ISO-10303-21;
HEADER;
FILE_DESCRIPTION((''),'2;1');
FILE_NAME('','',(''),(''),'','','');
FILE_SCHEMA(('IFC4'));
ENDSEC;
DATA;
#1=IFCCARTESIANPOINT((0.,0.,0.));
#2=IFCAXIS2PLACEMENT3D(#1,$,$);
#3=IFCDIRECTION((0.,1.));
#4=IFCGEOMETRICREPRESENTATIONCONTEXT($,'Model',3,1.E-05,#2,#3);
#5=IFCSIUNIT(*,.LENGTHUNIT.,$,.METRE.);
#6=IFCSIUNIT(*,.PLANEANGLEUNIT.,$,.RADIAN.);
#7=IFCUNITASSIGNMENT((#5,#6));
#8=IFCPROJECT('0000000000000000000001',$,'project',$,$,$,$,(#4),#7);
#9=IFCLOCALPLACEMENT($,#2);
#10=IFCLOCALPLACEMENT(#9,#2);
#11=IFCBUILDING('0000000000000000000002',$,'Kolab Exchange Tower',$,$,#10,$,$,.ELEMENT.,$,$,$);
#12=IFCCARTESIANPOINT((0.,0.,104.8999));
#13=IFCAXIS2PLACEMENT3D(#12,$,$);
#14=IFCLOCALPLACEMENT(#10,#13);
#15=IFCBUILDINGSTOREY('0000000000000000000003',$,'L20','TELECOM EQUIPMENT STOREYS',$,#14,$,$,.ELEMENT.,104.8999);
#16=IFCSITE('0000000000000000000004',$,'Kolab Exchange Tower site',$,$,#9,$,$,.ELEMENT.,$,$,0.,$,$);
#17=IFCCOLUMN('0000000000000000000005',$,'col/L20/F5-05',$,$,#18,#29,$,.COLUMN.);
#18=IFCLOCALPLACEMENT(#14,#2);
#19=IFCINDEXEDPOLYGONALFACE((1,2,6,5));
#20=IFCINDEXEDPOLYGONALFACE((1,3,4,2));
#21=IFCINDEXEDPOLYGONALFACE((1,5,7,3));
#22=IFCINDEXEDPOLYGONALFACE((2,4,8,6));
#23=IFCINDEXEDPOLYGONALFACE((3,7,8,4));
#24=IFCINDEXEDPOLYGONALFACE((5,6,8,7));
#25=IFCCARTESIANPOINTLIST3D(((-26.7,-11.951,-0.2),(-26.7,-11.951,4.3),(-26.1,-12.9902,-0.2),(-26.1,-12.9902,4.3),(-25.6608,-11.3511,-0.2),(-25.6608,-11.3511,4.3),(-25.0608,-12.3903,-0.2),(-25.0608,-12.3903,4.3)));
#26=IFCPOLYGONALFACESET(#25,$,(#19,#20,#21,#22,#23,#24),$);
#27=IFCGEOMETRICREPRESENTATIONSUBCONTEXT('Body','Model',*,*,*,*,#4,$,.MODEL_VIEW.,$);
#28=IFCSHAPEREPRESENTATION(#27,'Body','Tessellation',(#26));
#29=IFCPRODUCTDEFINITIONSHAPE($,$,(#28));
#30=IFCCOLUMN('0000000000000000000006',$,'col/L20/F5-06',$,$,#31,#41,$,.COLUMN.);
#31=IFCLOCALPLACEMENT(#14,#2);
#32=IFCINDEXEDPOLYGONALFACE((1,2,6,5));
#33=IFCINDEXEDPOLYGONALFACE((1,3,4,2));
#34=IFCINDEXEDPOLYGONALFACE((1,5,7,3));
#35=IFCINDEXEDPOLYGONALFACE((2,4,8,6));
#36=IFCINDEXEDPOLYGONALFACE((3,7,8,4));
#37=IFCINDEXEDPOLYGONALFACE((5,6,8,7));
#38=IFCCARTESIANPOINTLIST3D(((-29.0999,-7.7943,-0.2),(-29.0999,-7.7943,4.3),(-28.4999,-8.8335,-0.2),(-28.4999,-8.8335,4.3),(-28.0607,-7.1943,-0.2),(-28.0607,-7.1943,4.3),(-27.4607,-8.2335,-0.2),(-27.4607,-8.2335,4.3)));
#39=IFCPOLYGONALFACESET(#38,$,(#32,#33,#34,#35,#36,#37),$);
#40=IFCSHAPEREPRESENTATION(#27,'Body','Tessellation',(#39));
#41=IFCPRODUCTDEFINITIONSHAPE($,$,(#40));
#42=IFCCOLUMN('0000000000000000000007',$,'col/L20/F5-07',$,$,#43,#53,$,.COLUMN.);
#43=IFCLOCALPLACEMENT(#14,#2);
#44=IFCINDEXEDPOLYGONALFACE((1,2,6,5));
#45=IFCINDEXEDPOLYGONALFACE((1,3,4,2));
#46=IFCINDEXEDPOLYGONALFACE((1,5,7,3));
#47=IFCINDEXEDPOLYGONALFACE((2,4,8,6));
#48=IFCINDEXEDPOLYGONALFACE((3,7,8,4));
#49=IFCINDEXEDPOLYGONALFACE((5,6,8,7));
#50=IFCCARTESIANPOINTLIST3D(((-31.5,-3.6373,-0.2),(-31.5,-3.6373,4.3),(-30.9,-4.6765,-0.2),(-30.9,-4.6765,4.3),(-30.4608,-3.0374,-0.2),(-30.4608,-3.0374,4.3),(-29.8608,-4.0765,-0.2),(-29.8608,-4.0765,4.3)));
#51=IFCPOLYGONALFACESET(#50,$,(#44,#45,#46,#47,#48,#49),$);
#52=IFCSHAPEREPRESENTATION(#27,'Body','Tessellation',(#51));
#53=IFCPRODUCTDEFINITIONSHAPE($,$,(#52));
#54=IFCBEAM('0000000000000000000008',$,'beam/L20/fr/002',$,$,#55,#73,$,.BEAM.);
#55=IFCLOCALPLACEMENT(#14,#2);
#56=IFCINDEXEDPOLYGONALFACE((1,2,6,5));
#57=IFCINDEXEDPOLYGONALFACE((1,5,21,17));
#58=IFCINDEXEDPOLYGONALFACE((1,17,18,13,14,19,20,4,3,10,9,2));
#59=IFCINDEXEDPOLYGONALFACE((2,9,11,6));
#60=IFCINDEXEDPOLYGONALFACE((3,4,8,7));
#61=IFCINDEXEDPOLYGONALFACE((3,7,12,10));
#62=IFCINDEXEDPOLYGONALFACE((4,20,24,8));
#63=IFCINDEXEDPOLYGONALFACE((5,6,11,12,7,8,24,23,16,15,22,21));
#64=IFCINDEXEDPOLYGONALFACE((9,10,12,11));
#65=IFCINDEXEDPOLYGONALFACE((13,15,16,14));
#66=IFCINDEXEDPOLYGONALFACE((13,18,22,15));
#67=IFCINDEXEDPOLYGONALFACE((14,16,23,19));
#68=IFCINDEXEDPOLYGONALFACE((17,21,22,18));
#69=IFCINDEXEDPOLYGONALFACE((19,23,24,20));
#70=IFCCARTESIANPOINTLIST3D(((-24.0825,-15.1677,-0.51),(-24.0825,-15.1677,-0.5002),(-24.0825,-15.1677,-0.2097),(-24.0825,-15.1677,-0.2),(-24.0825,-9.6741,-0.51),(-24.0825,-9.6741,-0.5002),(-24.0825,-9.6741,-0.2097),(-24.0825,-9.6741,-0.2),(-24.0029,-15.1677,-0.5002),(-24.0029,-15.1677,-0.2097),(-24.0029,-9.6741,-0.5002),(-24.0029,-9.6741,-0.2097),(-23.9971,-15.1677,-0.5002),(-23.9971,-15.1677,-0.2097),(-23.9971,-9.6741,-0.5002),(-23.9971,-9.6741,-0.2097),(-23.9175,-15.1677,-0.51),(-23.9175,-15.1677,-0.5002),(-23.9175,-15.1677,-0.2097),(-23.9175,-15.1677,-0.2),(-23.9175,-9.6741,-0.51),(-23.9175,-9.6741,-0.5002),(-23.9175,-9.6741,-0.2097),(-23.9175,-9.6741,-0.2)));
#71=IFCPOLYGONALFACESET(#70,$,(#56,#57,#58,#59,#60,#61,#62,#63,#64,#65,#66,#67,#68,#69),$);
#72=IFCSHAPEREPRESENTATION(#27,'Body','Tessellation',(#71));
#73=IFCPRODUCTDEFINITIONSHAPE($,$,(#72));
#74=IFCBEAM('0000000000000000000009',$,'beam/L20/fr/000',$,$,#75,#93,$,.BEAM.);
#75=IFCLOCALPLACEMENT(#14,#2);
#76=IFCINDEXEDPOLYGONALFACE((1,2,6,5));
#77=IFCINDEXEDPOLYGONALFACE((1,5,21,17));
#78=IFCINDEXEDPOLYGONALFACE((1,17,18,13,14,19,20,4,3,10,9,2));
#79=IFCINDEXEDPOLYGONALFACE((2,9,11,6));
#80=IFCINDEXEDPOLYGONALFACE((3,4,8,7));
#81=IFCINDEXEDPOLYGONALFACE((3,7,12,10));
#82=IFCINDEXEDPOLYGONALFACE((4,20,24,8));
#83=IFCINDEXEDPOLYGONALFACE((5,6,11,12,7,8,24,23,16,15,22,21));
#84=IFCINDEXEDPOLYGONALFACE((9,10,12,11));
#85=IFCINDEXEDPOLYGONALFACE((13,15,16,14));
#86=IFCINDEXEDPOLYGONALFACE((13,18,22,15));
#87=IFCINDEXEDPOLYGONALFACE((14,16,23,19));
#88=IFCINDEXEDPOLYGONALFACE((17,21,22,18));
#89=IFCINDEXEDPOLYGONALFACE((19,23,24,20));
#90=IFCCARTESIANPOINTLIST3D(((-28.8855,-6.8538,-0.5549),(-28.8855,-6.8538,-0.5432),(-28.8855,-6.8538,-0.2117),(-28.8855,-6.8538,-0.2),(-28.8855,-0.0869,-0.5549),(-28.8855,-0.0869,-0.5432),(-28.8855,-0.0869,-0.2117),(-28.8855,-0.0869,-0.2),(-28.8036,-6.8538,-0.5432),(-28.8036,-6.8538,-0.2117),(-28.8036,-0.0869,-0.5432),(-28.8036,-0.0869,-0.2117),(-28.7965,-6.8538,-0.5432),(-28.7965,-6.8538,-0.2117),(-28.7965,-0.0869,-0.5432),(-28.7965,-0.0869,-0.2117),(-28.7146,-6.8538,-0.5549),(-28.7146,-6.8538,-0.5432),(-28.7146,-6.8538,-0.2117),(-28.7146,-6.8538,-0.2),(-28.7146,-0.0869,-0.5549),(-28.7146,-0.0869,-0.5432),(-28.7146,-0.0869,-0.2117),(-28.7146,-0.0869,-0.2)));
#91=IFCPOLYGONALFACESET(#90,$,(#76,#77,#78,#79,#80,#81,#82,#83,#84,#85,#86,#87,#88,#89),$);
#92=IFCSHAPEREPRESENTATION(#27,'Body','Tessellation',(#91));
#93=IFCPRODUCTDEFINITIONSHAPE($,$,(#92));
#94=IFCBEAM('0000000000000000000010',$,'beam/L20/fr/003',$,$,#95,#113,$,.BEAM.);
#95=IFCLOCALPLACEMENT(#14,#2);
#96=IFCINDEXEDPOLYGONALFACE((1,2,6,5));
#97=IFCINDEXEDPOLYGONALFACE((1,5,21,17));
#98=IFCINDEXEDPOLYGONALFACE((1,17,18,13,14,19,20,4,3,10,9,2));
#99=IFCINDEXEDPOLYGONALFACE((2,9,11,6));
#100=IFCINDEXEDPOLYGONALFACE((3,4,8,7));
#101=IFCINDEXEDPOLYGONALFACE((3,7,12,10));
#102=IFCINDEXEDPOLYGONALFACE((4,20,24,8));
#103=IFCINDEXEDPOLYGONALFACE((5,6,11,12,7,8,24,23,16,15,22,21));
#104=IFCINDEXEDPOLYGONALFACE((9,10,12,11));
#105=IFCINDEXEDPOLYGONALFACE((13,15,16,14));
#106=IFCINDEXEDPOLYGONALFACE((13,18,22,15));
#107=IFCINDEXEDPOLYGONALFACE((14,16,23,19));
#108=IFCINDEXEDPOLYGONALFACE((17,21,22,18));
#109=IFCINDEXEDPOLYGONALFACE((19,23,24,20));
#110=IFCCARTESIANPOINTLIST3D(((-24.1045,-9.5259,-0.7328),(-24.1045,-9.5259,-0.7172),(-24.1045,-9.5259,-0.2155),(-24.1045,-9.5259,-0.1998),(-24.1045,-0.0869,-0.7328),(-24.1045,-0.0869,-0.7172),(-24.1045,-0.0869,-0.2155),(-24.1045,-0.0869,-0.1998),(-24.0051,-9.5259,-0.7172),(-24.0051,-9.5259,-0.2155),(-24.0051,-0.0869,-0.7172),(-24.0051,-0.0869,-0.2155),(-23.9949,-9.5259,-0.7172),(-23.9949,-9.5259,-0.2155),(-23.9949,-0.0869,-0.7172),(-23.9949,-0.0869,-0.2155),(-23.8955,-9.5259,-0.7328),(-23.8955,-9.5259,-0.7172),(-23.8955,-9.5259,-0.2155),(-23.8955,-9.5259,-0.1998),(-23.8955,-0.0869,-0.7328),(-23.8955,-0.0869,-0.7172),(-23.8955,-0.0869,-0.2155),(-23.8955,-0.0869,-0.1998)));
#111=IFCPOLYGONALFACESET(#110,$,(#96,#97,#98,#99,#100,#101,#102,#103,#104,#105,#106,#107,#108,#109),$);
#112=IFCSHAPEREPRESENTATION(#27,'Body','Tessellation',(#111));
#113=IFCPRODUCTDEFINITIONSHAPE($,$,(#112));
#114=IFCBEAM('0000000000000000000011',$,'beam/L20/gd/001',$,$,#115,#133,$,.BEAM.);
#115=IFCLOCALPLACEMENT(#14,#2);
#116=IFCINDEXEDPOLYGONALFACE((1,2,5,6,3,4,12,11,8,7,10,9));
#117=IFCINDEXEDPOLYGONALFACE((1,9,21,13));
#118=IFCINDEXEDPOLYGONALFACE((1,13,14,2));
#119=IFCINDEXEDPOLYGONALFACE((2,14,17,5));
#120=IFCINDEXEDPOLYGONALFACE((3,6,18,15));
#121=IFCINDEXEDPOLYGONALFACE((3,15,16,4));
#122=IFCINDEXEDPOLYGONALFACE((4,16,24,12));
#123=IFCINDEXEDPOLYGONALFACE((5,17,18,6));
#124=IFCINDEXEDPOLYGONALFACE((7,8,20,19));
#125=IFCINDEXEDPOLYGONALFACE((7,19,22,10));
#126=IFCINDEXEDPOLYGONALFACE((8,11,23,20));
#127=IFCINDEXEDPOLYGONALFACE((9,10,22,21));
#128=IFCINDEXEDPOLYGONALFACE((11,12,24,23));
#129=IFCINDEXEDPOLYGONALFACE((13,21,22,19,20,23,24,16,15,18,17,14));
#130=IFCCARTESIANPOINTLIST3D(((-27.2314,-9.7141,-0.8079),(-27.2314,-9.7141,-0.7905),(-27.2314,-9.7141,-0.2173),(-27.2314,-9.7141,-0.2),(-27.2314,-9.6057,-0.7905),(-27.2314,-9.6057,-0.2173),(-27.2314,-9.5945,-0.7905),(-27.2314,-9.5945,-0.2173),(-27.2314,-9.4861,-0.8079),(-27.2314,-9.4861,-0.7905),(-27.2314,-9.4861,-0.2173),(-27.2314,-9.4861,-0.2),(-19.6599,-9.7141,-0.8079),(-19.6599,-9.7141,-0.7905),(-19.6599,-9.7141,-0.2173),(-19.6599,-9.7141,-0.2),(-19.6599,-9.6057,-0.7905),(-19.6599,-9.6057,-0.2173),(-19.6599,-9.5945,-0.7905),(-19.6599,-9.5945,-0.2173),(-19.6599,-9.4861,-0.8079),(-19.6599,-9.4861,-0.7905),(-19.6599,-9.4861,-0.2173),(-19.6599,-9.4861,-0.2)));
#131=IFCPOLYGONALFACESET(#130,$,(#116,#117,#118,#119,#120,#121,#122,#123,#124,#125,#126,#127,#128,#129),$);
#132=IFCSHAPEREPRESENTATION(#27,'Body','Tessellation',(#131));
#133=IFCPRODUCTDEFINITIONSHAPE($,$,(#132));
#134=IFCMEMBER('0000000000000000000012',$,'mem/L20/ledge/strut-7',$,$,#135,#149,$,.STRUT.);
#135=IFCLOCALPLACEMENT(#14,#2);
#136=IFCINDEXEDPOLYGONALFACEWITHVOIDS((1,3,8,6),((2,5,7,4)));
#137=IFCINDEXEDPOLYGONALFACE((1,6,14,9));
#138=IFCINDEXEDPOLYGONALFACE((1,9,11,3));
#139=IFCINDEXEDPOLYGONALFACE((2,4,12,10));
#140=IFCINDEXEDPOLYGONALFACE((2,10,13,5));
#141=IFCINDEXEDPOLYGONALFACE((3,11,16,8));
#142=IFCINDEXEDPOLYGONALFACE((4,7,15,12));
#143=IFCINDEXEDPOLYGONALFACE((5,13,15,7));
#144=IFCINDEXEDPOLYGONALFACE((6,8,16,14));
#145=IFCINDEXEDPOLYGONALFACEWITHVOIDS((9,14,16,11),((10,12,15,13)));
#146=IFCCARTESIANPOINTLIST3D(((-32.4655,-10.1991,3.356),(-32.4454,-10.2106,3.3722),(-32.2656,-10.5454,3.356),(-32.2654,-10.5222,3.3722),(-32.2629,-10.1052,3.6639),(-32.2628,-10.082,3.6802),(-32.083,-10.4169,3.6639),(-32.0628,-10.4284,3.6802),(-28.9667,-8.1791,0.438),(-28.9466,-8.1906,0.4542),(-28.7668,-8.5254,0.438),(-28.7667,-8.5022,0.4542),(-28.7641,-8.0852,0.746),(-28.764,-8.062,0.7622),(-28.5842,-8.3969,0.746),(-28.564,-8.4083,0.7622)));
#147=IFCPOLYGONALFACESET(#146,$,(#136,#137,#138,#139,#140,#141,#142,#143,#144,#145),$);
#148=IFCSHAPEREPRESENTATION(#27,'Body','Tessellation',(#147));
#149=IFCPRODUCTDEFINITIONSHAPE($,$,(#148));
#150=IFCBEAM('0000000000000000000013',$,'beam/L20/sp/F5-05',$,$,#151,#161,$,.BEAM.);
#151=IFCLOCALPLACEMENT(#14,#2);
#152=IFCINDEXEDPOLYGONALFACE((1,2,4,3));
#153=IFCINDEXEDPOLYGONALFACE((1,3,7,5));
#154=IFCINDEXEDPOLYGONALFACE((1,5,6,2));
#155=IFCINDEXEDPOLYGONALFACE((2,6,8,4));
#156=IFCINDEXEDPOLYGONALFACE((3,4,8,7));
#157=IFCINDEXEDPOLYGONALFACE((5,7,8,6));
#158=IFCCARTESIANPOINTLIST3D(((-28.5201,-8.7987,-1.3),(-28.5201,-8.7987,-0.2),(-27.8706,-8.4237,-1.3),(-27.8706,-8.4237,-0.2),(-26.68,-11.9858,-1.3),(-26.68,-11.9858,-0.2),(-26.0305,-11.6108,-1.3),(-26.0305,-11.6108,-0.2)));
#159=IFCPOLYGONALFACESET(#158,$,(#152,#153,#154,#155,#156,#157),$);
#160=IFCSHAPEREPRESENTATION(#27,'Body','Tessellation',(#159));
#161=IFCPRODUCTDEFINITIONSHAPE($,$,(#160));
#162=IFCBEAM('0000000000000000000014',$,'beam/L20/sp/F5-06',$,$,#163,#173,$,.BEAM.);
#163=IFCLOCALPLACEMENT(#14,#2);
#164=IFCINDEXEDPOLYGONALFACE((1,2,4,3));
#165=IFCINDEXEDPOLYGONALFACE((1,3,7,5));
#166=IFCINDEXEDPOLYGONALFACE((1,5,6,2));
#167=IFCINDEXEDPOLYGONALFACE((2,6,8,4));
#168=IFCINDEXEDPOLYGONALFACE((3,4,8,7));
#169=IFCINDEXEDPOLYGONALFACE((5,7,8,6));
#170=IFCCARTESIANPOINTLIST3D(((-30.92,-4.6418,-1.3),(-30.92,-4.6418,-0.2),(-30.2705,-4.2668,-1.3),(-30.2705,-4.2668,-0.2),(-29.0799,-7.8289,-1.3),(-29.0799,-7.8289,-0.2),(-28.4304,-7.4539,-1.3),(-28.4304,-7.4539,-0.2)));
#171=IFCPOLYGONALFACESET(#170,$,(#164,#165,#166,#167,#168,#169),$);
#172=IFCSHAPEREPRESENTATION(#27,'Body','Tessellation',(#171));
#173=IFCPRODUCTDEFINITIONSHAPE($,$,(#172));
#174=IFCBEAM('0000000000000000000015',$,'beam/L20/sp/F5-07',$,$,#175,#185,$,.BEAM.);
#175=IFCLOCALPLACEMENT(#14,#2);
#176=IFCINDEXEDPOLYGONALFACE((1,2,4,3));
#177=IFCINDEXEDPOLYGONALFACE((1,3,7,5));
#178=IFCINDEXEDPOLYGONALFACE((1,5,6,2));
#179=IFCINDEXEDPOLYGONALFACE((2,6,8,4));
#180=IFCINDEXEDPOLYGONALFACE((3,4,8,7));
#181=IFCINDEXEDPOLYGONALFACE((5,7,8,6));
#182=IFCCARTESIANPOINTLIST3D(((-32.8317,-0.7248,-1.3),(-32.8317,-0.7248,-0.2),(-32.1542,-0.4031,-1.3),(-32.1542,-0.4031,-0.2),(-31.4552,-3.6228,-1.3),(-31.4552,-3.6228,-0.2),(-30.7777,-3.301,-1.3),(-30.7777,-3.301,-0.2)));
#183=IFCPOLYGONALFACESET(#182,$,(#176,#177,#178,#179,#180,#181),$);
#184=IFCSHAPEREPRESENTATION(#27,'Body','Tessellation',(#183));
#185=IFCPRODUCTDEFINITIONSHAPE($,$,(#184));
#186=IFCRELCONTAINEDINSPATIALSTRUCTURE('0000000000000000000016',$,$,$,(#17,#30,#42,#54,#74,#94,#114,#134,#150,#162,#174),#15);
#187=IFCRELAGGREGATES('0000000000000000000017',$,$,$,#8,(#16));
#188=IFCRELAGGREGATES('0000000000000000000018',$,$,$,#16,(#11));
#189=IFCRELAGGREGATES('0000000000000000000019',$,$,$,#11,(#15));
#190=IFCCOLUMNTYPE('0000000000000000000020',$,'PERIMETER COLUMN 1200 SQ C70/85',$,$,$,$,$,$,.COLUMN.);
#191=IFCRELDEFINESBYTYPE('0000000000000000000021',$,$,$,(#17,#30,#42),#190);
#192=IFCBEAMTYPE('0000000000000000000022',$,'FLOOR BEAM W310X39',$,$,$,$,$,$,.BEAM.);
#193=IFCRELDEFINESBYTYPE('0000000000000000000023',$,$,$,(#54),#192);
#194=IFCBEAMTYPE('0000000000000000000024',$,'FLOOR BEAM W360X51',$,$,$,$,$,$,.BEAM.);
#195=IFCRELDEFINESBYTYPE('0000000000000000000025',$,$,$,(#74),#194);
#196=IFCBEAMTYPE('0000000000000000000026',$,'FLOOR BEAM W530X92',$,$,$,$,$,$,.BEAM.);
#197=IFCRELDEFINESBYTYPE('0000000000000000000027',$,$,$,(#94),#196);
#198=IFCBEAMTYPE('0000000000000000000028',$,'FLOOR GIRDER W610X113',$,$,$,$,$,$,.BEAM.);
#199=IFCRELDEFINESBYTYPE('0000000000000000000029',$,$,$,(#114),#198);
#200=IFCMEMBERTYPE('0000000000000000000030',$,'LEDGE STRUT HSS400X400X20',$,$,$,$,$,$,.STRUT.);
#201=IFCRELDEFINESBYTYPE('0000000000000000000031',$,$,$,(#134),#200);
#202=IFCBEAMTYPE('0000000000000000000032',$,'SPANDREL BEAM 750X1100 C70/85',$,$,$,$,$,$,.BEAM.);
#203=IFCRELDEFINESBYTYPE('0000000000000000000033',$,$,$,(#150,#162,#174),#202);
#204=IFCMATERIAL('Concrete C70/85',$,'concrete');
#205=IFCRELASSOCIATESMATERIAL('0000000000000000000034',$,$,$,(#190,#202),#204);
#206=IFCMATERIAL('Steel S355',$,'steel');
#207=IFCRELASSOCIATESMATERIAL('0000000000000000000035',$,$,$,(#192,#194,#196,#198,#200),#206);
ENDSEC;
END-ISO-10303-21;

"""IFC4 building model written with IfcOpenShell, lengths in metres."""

from ifc_helpers import new_model, si_unit, direction, frame, origin, origin_2d, place, context, subcontext, project, spatial, rectangle, hollow_rectangle, i_section, extrude, material, material_profile, profile_set, type_object, element, save


model = new_model("IFC4")

# Units and contexts
model_context = context("Model", 3, precision=1e-05, world=origin(), true_north=direction((0.0, 1.0)))
body_context = subcontext(model_context, "Body", "Model", "MODEL_VIEW")
ifc_project = project(units=[si_unit("LENGTHUNIT", "METRE"), si_unit("PLANEANGLEUNIT", "RADIAN")], contexts=[model_context])

# Site, building, storey
site_placement = place(None, origin())
site = spatial("IfcSite", under=ifc_project, at=site_placement, Name="Kolab Exchange Tower site", CompositionType="ELEMENT", RefElevation=0.0)
building_placement = place(site_placement, origin())
building = spatial("IfcBuilding", under=site, at=building_placement, Name="Kolab Exchange Tower", CompositionType="ELEMENT")
storey_placement = place(building_placement, frame((0.0, 0.0, 104.8999)))
storey = spatial("IfcBuildingStorey", under=building, at=storey_placement, Name="L20", Description="TELECOM EQUIPMENT STOREYS", CompositionType="ELEMENT", Elevation=104.8999)

# Columns
ifc_material_1 = material(Name="Concrete C70/85", Category="concrete")
ifc_material_profile_1 = material_profile(ifc_material_1, rectangle(XDim=1.2, YDim=1.2, at=origin_2d()), Name="RC1200")
ifc_profile_set_1 = profile_set([ifc_material_profile_1], Name="Concrete C70/85")
column_type = type_object("IfcColumnType", Name="PERIMETER COLUMN 1200 SQ C70/85", PredefinedType="COLUMN", material=ifc_profile_set_1)
for number, where, z_axis, x_axis, name in (
    (1, (-25.8804, -12.1707, -0.2), (0.0, 0.0, 1.0), (0.866025, 0.5, 0.0), "col/L20/F5-05"),
    (2, (-28.2803, -8.0139, -0.2), (0.0, 0.0, 1.0), (0.866025, 0.5, 0.0), "col/L20/F5-06"),
    (3, (-30.6804, -3.8569, -0.2), (0.0, 0.0, 1.0), (0.866025, 0.5, 0.0), "col/L20/F5-07"),
):
    element("IfcColumn", number, at=place(storey_placement, frame(where, z_axis=z_axis, x_axis=x_axis)), inside=storey, type_object=column_type, Name=name, PredefinedType="COLUMN", context=body_context, shape_type="SweptSolid", body=[
        extrude(rectangle(XDim=1.2, YDim=1.2, at=origin_2d()), origin(), (0.0, 0.0, 1.0), 4.5),
    ])

# Beams
ifc_material_2 = material(Name="Steel S355", Category="steel")
ifc_material_profile_2 = material_profile(ifc_material_2, i_section(OverallWidth=0.165, OverallDepth=0.3101, WebThickness=0.0059, FlangeThickness=0.0098, at=origin_2d()), Name="W310X39")
ifc_profile_set_2 = profile_set([ifc_material_profile_2], Name="Steel S355")
beam_type_1 = type_object("IfcBeamType", Name="FLOOR BEAM W310X39", PredefinedType="BEAM", material=ifc_profile_set_2)
beam_1_placement = place(storey_placement, frame((-24.0, -15.1677, -0.355), z_axis=(0.0, 1.0, 0.0), x_axis=(-1.0, 0.0, 0.0)))
element("IfcBeam", 4, at=beam_1_placement, inside=storey, type_object=beam_type_1, Name="beam/L20/fr/002", PredefinedType="BEAM", context=body_context, shape_type="SweptSolid", body=[
    extrude(i_section(OverallWidth=0.165, OverallDepth=0.3101, WebThickness=0.0059, FlangeThickness=0.0098, at=origin_2d()), origin(), (0.0, 0.0, 1.0), 5.4937),
])
ifc_material_profile_3 = material_profile(ifc_material_2, i_section(OverallWidth=0.1709, OverallDepth=0.355, WebThickness=0.0071, FlangeThickness=0.0117, at=origin_2d()), Name="W360X51")
ifc_profile_set_3 = profile_set([ifc_material_profile_3], Name="Steel S355")
beam_type_2 = type_object("IfcBeamType", Name="FLOOR BEAM W360X51", PredefinedType="BEAM", material=ifc_profile_set_3)
beam_2_placement = place(storey_placement, frame((-28.8, -6.8538, -0.3774), z_axis=(0.0, 1.0, 0.0), x_axis=(-1.0, 0.0, 0.0)))
element("IfcBeam", 5, at=beam_2_placement, inside=storey, type_object=beam_type_2, Name="beam/L20/fr/000", PredefinedType="BEAM", context=body_context, shape_type="SweptSolid", body=[
    extrude(i_section(OverallWidth=0.1709, OverallDepth=0.355, WebThickness=0.0071, FlangeThickness=0.0117, at=origin_2d()), origin(), (0.0, 0.0, 1.0), 6.7668),
])
ifc_material_profile_4 = material_profile(ifc_material_2, i_section(OverallWidth=0.209, OverallDepth=0.533, WebThickness=0.0103, FlangeThickness=0.0156, at=origin_2d()), Name="W530X92")
ifc_profile_set_4 = profile_set([ifc_material_profile_4], Name="Steel S355")
beam_type_3 = type_object("IfcBeamType", Name="FLOOR BEAM W530X92", PredefinedType="BEAM", material=ifc_profile_set_4)
beam_3_placement = place(storey_placement, frame((-24.0, -9.5259, -0.4663), z_axis=(0.0, 1.0, 0.0), x_axis=(-1.0, 0.0, 0.0)))
element("IfcBeam", 6, at=beam_3_placement, inside=storey, type_object=beam_type_3, Name="beam/L20/fr/003", PredefinedType="BEAM", context=body_context, shape_type="SweptSolid", body=[
    extrude(i_section(OverallWidth=0.209, OverallDepth=0.533, WebThickness=0.0103, FlangeThickness=0.0156, at=origin_2d()), origin(), (0.0, 0.0, 1.0), 9.439),
])
ifc_material_profile_5 = material_profile(ifc_material_2, i_section(OverallWidth=0.228, OverallDepth=0.6079, WebThickness=0.0112, FlangeThickness=0.0173, at=origin_2d()), Name="W610X113")
ifc_profile_set_5 = profile_set([ifc_material_profile_5], Name="Steel S355")
beam_type_4 = type_object("IfcBeamType", Name="FLOOR GIRDER W610X113", PredefinedType="BEAM", material=ifc_profile_set_5)
beam_4_placement = place(storey_placement, frame((-27.2314, -9.6001, -0.5039), z_axis=(1.0, 0.0, 0.0), x_axis=(0.0, 1.0, 0.0)))
element("IfcBeam", 7, at=beam_4_placement, inside=storey, type_object=beam_type_4, Name="beam/L20/gd/001", PredefinedType="BEAM", context=body_context, shape_type="SweptSolid", body=[
    extrude(i_section(OverallWidth=0.228, OverallDepth=0.6079, WebThickness=0.0112, FlangeThickness=0.0173, at=origin_2d()), origin(), (0.0, 0.0, 1.0), 7.5715),
])

# Member
ifc_material_profile_6 = material_profile(ifc_material_2, hollow_rectangle(XDim=0.3999, YDim=0.3999, WallThickness=0.02, at=origin_2d()), Name="HSS400X400X20")
ifc_profile_set_6 = profile_set([ifc_material_profile_6], Name="Steel S355")
member_type_1 = type_object("IfcMemberType", Name="LEDGE STRUT HSS400X400X20", PredefinedType="STRUT", material=ifc_profile_set_6)
member_1_placement = place(storey_placement, frame((-28.7654, -8.2937, 0.6001), z_axis=(-0.702056, -0.405332, 0.585512), x_axis=(0.5, -0.866026, 0.0)))
element("IfcMember", 8, at=member_1_placement, inside=storey, type_object=member_type_1, Name="mem/L20/ledge/strut-7", PredefinedType="STRUT", context=body_context, shape_type="SweptSolid", body=[
    extrude(hollow_rectangle(XDim=0.3999, YDim=0.3999, WallThickness=0.02, at=origin_2d()), origin(), (0.0, 0.0, 1.0), 4.9836),
])

# Beams
ifc_material_profile_7 = material_profile(ifc_material_1, rectangle(XDim=0.75, YDim=1.1001, at=origin_2d()), Name="RC750X1100")
ifc_profile_set_7 = profile_set([ifc_material_profile_7], Name="Concrete C70/85")
beam_type_5 = type_object("IfcBeamType", Name="SPANDREL BEAM 750X1100 C70/85", PredefinedType="BEAM", material=ifc_profile_set_7)
for number, where, z_axis, x_axis, name in (
    (9, (-26.3552, -11.7983, -0.75), (-0.500013, 0.866018, 0.0), (-0.866018, -0.500013, 0.0), "beam/L20/sp/F5-05"),
    (10, (-28.7551, -7.6414, -0.75), (-0.500013, 0.866018, 0.0), (-0.866018, -0.500013, 0.0), "beam/L20/sp/F5-06"),
):
    element("IfcBeam", number, at=place(storey_placement, frame(where, z_axis=z_axis, x_axis=x_axis)), inside=storey, type_object=beam_type_5, Name=name, PredefinedType="BEAM", context=body_context, shape_type="SweptSolid", body=[
        extrude(rectangle(XDim=0.75, YDim=1.1001, at=origin_2d()), origin(), (0.0, 0.0, 1.0), 3.6802),
    ])
beam_5_placement = place(storey_placement, frame((-31.1165, -3.4619, -0.75), z_axis=(-0.429041, 0.903285, 0.0), x_axis=(-0.903285, -0.429041, 0.0)))
element("IfcBeam", 11, at=beam_5_placement, inside=storey, type_object=beam_type_5, Name="beam/L20/sp/F5-07", PredefinedType="BEAM", context=body_context, shape_type="SweptSolid", body=[
    extrude(rectangle(XDim=0.75, YDim=1.1001, at=origin_2d()), origin(), (0.0, 0.0, 1.0), 3.2083),
])

save(model, "model.ifc")
